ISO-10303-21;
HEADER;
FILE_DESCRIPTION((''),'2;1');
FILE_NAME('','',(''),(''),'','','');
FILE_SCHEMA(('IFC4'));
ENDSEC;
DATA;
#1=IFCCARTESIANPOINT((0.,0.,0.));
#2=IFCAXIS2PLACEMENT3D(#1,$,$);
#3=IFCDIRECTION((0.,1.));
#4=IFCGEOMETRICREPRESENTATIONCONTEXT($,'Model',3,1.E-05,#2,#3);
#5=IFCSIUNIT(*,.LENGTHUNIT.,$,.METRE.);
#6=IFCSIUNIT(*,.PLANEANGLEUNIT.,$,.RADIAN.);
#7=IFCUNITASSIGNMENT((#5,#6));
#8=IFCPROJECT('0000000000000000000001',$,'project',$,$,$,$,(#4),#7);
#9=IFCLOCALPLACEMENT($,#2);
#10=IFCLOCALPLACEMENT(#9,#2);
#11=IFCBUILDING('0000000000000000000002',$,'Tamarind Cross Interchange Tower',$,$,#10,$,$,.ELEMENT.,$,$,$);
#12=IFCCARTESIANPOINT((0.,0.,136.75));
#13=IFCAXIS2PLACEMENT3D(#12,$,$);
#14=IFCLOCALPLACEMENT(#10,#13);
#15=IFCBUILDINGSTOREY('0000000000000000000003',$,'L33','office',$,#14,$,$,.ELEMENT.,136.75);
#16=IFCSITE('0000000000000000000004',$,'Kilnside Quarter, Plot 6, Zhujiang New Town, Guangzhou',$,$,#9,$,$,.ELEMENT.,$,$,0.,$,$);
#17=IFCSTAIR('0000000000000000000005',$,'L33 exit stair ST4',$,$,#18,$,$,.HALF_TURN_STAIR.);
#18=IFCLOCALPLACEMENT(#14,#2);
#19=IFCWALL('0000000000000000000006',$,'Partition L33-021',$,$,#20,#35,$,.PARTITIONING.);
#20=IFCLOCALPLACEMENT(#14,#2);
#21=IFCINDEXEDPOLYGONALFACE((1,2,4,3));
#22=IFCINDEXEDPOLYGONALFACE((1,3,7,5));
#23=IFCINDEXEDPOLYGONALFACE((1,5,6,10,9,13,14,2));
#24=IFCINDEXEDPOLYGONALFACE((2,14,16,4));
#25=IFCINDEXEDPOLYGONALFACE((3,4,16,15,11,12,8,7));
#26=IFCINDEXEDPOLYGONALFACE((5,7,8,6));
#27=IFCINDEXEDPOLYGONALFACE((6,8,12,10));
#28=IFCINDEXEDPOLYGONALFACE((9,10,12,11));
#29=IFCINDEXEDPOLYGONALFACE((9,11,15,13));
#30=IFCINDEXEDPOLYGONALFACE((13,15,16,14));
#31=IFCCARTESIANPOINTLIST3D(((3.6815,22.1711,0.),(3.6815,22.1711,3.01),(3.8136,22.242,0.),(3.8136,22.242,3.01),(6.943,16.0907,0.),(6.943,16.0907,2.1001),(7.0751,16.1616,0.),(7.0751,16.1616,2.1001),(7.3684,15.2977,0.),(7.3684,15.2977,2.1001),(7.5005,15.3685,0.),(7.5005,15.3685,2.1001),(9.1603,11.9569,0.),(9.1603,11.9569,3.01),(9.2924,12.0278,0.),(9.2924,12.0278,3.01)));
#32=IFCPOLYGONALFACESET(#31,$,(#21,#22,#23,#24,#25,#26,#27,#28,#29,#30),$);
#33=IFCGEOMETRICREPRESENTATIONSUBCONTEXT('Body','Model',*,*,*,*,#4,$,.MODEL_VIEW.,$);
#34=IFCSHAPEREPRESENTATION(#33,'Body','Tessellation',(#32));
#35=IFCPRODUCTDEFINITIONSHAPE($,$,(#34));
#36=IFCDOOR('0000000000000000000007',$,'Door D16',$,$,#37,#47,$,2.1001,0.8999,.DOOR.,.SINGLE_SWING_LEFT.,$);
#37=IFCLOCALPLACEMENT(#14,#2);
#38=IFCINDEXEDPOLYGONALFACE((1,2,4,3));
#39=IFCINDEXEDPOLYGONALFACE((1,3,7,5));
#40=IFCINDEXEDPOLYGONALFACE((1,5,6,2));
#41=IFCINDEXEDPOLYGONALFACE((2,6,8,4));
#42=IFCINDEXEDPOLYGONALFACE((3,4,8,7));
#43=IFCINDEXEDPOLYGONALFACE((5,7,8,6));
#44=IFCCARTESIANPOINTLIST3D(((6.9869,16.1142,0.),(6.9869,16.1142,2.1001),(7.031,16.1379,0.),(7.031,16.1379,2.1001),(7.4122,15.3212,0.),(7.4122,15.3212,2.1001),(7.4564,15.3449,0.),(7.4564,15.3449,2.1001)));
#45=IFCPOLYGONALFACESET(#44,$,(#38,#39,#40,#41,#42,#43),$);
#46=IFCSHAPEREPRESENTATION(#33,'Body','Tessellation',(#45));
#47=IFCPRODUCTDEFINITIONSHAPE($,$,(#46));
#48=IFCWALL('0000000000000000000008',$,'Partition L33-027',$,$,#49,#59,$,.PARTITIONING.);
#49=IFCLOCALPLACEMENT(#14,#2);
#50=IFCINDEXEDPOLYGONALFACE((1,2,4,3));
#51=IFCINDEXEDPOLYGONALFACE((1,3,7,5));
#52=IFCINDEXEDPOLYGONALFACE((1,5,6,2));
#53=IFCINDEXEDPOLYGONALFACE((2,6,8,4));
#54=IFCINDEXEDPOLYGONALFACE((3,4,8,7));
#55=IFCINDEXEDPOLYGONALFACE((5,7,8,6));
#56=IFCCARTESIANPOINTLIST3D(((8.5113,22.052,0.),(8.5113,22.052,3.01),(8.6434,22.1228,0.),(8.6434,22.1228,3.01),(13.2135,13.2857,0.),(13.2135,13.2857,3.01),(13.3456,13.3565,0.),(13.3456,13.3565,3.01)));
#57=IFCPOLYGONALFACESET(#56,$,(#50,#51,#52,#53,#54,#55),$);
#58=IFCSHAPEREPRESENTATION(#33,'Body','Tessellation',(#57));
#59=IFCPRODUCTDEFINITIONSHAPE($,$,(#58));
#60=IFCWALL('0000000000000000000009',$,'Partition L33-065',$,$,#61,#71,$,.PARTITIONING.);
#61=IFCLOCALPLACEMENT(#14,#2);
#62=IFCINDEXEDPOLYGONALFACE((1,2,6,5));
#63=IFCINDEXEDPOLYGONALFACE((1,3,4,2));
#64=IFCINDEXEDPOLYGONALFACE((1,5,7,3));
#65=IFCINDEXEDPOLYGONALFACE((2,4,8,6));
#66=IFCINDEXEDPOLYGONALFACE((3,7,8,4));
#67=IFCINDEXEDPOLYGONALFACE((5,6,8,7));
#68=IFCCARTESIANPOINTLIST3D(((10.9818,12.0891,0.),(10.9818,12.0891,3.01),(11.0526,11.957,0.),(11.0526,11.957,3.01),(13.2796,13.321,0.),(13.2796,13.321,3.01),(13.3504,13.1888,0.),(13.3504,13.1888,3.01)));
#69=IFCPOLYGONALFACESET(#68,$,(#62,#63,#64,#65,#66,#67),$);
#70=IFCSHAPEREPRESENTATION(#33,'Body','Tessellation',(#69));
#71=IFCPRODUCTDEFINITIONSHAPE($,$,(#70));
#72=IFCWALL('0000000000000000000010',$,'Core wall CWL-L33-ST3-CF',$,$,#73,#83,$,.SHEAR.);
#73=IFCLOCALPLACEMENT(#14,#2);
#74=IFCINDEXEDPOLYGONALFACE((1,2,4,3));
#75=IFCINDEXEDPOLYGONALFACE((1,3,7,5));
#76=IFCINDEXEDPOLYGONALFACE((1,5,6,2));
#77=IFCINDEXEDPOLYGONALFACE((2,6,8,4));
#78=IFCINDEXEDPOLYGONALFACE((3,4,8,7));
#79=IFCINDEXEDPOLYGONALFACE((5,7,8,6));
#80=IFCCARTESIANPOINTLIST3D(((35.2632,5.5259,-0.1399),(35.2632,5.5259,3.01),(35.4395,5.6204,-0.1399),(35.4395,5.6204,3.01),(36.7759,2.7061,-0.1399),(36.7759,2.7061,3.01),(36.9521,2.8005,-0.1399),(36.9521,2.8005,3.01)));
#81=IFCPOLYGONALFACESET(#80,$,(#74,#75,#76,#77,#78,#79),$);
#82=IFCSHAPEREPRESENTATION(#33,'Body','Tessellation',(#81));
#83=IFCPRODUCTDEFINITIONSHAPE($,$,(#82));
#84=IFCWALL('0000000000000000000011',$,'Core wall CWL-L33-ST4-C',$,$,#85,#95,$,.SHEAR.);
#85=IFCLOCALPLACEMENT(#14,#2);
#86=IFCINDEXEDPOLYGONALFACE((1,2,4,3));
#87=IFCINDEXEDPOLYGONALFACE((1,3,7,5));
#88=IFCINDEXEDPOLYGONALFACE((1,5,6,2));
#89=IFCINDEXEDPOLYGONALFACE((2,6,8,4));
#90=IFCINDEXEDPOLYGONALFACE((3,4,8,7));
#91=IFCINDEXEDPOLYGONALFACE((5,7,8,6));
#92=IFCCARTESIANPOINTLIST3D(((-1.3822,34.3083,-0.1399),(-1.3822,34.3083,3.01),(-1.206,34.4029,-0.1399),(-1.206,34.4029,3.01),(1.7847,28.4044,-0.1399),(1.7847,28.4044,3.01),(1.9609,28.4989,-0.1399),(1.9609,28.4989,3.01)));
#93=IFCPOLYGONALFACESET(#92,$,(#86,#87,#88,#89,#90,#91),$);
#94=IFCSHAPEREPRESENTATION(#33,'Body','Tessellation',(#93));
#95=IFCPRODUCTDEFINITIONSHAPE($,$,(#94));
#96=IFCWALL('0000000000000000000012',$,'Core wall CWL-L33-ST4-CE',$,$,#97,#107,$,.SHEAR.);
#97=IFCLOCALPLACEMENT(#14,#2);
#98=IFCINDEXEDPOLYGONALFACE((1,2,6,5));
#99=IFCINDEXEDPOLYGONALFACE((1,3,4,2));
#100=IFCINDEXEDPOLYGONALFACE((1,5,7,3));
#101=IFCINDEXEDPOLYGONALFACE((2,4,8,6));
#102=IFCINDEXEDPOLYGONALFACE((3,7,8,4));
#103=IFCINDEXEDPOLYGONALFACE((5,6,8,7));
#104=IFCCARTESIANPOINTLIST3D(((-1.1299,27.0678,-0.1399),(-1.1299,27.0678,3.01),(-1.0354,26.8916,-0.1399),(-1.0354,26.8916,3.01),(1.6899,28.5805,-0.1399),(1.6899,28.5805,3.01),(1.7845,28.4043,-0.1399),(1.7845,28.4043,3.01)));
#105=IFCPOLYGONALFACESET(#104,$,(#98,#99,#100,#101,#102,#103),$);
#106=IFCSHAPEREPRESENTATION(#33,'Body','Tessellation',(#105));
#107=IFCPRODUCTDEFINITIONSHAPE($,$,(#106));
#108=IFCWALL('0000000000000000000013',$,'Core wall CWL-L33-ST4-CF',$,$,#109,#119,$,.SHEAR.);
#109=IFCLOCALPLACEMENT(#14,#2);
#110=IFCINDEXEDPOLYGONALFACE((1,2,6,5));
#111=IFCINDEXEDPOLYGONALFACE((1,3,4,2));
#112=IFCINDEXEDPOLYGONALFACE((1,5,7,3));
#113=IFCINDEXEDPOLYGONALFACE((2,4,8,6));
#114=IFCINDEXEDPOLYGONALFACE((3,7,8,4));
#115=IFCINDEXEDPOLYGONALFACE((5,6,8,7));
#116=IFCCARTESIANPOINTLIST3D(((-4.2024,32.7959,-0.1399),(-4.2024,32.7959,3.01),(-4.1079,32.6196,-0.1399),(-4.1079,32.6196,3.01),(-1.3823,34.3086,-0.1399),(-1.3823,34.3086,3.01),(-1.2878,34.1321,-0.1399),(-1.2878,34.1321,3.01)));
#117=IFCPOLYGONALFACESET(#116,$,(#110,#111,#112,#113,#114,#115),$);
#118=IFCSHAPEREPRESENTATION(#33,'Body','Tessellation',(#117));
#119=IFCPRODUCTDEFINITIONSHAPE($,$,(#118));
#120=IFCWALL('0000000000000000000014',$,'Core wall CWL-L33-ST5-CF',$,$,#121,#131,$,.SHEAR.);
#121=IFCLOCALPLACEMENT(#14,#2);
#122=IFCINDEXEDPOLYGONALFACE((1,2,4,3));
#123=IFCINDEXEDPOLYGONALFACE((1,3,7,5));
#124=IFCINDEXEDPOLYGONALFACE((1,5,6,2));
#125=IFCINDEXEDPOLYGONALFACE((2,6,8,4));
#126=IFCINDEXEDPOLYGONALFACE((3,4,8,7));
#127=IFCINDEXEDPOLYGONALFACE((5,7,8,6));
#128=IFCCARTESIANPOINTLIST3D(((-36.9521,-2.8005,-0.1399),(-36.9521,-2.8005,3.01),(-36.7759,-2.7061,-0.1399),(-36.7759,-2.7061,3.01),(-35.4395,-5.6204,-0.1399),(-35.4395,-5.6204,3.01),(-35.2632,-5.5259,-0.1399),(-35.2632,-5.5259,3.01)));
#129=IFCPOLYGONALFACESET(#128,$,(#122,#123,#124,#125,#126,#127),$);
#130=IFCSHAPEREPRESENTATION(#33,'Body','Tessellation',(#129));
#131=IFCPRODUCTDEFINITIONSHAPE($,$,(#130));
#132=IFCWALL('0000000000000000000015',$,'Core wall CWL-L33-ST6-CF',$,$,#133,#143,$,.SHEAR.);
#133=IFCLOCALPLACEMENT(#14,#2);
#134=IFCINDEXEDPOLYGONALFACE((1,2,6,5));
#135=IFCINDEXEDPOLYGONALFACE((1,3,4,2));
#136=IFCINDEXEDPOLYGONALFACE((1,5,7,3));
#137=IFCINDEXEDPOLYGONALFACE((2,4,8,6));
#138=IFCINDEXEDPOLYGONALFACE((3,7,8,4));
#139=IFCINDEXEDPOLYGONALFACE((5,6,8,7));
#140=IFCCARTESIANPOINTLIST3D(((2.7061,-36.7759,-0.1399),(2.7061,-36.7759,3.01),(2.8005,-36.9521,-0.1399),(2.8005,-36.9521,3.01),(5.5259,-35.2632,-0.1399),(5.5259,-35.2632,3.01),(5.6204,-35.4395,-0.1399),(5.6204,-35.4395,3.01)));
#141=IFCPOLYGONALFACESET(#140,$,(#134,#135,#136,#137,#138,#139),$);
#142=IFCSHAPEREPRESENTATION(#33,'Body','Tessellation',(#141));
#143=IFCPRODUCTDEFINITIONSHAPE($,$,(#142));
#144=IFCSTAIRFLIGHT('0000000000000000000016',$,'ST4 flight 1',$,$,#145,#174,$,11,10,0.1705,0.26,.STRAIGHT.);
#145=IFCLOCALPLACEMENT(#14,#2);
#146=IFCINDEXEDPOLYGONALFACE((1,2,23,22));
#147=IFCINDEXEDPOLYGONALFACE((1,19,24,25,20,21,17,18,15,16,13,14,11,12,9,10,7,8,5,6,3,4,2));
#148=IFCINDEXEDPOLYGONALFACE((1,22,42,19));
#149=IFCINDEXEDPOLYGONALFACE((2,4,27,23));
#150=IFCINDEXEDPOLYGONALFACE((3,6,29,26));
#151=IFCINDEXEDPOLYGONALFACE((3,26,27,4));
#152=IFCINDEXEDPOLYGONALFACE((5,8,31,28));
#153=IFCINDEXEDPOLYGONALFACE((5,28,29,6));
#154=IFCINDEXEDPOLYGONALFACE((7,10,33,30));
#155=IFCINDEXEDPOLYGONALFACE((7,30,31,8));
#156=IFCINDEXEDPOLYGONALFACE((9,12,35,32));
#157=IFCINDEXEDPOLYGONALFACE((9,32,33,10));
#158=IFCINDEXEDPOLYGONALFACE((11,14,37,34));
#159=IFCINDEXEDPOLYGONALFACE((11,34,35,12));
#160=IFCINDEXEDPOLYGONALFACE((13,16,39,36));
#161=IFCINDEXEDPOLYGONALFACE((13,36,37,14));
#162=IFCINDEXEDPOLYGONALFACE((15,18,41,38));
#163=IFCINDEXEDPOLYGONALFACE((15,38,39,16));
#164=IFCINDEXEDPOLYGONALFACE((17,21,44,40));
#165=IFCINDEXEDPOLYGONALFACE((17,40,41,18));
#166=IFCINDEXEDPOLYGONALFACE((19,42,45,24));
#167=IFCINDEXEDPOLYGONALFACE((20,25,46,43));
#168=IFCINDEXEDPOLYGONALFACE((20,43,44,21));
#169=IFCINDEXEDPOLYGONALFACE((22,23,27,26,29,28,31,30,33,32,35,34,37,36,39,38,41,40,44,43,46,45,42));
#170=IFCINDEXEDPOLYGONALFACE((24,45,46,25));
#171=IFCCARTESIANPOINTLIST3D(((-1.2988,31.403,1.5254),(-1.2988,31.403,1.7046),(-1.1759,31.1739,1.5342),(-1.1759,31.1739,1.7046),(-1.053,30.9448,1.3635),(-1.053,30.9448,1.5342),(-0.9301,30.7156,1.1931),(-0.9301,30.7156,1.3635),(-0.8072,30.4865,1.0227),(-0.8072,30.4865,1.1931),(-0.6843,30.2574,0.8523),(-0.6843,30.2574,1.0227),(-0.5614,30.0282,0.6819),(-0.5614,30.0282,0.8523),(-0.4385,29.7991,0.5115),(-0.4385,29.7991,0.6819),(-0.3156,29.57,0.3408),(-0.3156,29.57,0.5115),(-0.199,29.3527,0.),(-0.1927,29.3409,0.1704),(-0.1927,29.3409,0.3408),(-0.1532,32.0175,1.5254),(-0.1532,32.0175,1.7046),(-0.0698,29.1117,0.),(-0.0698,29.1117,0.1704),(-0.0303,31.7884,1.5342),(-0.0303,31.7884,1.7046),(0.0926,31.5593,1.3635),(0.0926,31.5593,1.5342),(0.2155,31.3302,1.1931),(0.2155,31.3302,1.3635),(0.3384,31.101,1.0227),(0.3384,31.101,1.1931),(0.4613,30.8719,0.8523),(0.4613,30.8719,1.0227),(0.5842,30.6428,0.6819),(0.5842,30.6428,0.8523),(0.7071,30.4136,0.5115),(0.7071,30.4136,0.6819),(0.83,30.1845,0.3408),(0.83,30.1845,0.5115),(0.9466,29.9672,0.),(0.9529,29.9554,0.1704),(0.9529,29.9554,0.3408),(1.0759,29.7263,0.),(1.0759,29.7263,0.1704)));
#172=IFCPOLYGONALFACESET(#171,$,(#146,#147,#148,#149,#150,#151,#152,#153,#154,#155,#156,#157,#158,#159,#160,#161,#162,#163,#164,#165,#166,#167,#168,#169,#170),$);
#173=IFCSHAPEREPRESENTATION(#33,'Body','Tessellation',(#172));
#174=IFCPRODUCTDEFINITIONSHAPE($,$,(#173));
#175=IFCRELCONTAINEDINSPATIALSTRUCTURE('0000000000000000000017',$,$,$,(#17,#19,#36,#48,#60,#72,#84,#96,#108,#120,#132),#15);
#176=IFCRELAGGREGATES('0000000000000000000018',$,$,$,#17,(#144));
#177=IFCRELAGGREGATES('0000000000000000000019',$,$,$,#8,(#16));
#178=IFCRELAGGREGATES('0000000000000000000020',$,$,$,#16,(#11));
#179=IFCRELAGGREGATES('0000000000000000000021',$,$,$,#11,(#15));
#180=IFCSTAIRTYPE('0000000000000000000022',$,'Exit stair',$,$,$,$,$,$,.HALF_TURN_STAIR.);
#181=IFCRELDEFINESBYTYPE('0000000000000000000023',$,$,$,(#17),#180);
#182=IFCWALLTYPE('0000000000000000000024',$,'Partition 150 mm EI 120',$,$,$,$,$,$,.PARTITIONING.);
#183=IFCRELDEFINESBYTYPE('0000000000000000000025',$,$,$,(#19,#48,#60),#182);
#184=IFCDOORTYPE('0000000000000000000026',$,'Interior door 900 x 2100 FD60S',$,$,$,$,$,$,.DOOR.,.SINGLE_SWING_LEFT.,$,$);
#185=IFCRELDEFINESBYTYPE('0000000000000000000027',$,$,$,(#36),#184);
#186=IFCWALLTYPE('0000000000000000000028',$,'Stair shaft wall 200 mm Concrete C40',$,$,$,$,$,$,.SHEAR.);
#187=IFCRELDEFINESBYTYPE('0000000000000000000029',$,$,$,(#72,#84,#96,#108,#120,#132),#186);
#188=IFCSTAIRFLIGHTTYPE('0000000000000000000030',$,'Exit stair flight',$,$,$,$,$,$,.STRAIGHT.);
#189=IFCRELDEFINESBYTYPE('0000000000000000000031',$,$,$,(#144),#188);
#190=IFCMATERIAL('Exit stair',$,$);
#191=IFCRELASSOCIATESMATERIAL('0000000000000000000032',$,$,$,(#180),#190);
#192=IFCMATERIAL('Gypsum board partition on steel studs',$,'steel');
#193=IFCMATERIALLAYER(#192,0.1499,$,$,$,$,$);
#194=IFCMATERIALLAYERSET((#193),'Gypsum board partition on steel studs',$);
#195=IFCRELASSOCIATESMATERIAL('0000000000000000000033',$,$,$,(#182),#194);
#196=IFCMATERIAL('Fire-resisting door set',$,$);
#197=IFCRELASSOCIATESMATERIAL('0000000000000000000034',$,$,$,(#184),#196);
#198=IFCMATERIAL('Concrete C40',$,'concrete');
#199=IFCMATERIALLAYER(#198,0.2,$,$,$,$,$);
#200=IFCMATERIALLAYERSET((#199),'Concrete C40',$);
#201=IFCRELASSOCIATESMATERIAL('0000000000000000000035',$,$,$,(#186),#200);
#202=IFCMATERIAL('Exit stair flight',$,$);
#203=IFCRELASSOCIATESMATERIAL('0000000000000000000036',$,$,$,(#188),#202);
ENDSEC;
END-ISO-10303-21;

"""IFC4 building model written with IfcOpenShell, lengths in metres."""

from ifc_helpers import new_model, si_unit, direction, frame, frame_2d, origin, place, context, subcontext, project, spatial, polyline, rectangle, outline, extrude, material, layer, layer_set, type_object, element, fill, aggregate, save


model = new_model("IFC4")

# Units and contexts
model_context = context("Model", 3, precision=1e-05, world=origin(), true_north=direction((0.0, 1.0)))
body_context = subcontext(model_context, "Body", "Model", "MODEL_VIEW")
ifc_project = project(units=[si_unit("LENGTHUNIT", "METRE"), si_unit("PLANEANGLEUNIT", "RADIAN")], contexts=[model_context])

# Site, building, storey
site_placement = place(None, origin())
site = spatial("IfcSite", under=ifc_project, at=site_placement, Name="Kilnside Quarter, Plot 6, Zhujiang New Town, Guangzhou", CompositionType="ELEMENT", RefElevation=0.0)
building_placement = place(site_placement, origin())
building = spatial("IfcBuilding", under=site, at=building_placement, Name="Tamarind Cross Interchange Tower", CompositionType="ELEMENT")
storey_placement = place(building_placement, frame((0.0, 0.0, 136.75)))
storey = spatial("IfcBuildingStorey", under=building, at=storey_placement, Name="L33", Description="office", CompositionType="ELEMENT", Elevation=136.75)

# Stair
ifc_material_1 = material(Name="Exit stair")
stair_type = type_object("IfcStairType", Name="Exit stair", PredefinedType="HALF_TURN_STAIR", material=ifc_material_1)
ifc_material_2 = material(Name="Concrete C40", Category="concrete")
stair_1_placement = place(storey_placement, origin())
stair_1 = element("IfcStair", 1, at=stair_1_placement, inside=storey, type_object=stair_type, Name="L33 exit stair ST4", PredefinedType="HALF_TURN_STAIR")

# Shared definitions
ifc_material_3 = material(Name="Gypsum board partition on steel studs", Category="steel")
ifc_layer_1 = layer(ifc_material_3, 0.1499)
ifc_layer_set_1 = layer_set([ifc_layer_1], Name="Gypsum board partition on steel studs")
wall_type_1 = type_object("IfcWallType", Name="Partition 150 mm EI 120", PredefinedType="PARTITIONING", material=ifc_layer_set_1)

# Wall, opening, door
wall_1_placement = place(storey_placement, frame((3.7476, 22.2065, 0.0), z_axis=(0.0, 0.0, 1.0), x_axis=(0.472685, -0.881232, 0.0)))
wall_1 = element("IfcWall", 2, at=wall_1_placement, inside=storey, type_object=wall_type_1, Name="Partition L33-021", PredefinedType="PARTITIONING", context=body_context, shape_type="SweptSolid", body=[
    extrude(rectangle(XDim=11.5908, YDim=0.1499, at=frame_2d((5.7954, 0.0))), origin(), (0.0, 0.0, 1.0), 3.01),
])
opening_placement = place(wall_1_placement, frame((6.8999, 0.0, 0.0)))
opening = element("IfcOpeningElement", 3, at=opening_placement, cuts=wall_1, PredefinedType="OPENING", context=body_context, shape_type="SweptSolid", body=[
    extrude(rectangle(XDim=0.8999, YDim=2.1001, at=frame_2d((0.45, 1.05))), frame((0.0, 0.085, 0.0), z_axis=(0.0, -1.0, 0.0), x_axis=(1.0, 0.0, 0.0)), (0.0, 0.0, 1.0), 0.1699),
])
ifc_material_4 = material(Name="Fire-resisting door set")
door_type = type_object("IfcDoorType", Name="Interior door 900 x 2100 FD60S", OperationType="SINGLE_SWING_LEFT", PredefinedType="DOOR", material=ifc_material_4)
door_placement = place(opening_placement, origin())
door = element("IfcDoor", 4, at=door_placement, inside=storey, type_object=door_type, Name="Door D16", OperationType="SINGLE_SWING_LEFT", OverallHeight=2.1001, OverallWidth=0.8999, PredefinedType="DOOR", context=body_context, shape_type="SweptSolid", body=[
    extrude(rectangle(XDim=0.8999, YDim=2.1001, at=frame_2d((0.45, 1.05))), frame((0.0, 0.0249, 0.0), z_axis=(0.0, -1.0, 0.0), x_axis=(1.0, 0.0, 0.0)), (0.0, 0.0, 1.0), 0.05),
])
fill(opening, door)

# Walls
wall_2_placement = place(storey_placement, frame((8.5774, 22.0874, 0.0), z_axis=(0.0, 0.0, 1.0), x_axis=(0.472681, -0.881234, 0.0)))
element("IfcWall", 5, at=wall_2_placement, inside=storey, type_object=wall_type_1, Name="Partition L33-027", PredefinedType="PARTITIONING", context=body_context, shape_type="SweptSolid", body=[
    extrude(rectangle(XDim=9.9478, YDim=0.1499, at=frame_2d((4.9739, 0.0))), origin(), (0.0, 0.0, 1.0), 3.01),
])
wall_3_placement = place(storey_placement, frame((11.0171, 12.0229, 0.0), z_axis=(0.0, 0.0, 1.0), x_axis=(0.88133, 0.472502, 0.0)))
element("IfcWall", 6, at=wall_3_placement, inside=storey, type_object=wall_type_1, Name="Partition L33-065", PredefinedType="PARTITIONING", context=body_context, shape_type="SweptSolid", body=[
    extrude(rectangle(XDim=2.6072, YDim=0.1499, at=frame_2d((1.3037, 0.0))), origin(), (0.0, 0.0, 1.0), 3.01),
])
ifc_layer_2 = layer(ifc_material_2, 0.2)
ifc_layer_set_2 = layer_set([ifc_layer_2], Name="Concrete C40")
wall_type_2 = type_object("IfcWallType", Name="Stair shaft wall 200 mm Concrete C40", PredefinedType="SHEAR", material=ifc_layer_set_2)
wall_4_placement = place(storey_placement, frame((0.0, 0.0, -0.1399)))
element("IfcWall", 7, at=wall_4_placement, inside=storey, type_object=wall_type_2, Name="Core wall CWL-L33-ST3-CF", PredefinedType="SHEAR", context=body_context, shape_type="SweptSolid", body=[
    extrude(outline(polyline([(36.7759, 2.7061), (36.9521, 2.8005), (35.4395, 5.6204), (35.2632, 5.5259), (36.7759, 2.7061)])), origin(), (0.0, 0.0, 1.0), 3.1499),
])
wall_5_placement = place(storey_placement, frame((1.8728, 28.4517, -0.1399), z_axis=(0.0, 0.0, 1.0), x_axis=(-0.472698, 0.881225, 0.0)))
element("IfcWall", 8, at=wall_5_placement, inside=storey, type_object=wall_type_2, Name="Core wall CWL-L33-ST4-C", PredefinedType="SHEAR", context=body_context, shape_type="SweptSolid", body=[
    extrude(rectangle(XDim=6.6997, YDim=0.2, at=frame_2d((3.3499, 0.0))), origin(), (0.0, 0.0, 1.0), 3.1499),
])
wall_6_placement = place(storey_placement, frame((1.7373, 28.4924, -0.1399), z_axis=(0.0, 0.0, 1.0), x_axis=(-0.88121, -0.472725, 0.0)))
element("IfcWall", 9, at=wall_6_placement, inside=storey, type_object=wall_type_2, Name="Core wall CWL-L33-ST4-CE", PredefinedType="SHEAR", context=body_context, shape_type="SweptSolid", body=[
    extrude(rectangle(XDim=3.2, YDim=0.2, at=frame_2d((1.6001, 0.0))), origin(), (0.0, 0.0, 1.0), 3.1499),
])
wall_7_placement = place(storey_placement, frame((0.0, 0.0, -0.1399)))
element("IfcWall", 10, at=wall_7_placement, inside=storey, type_object=wall_type_2, Name="Core wall CWL-L33-ST4-CF", PredefinedType="SHEAR", context=body_context, shape_type="SweptSolid", body=[
    extrude(outline(polyline([(-1.2878, 34.1321), (-1.3823, 34.3086), (-4.2024, 32.7959), (-4.1079, 32.6196), (-1.2878, 34.1321)])), origin(), (0.0, 0.0, 1.0), 3.1499),
])
wall_8_placement = place(storey_placement, frame((0.0, 0.0, -0.1399)))
element("IfcWall", 11, at=wall_8_placement, inside=storey, type_object=wall_type_2, Name="Core wall CWL-L33-ST5-CF", PredefinedType="SHEAR", context=body_context, shape_type="SweptSolid", body=[
    extrude(outline(polyline([(-36.7759, -2.7061), (-36.9521, -2.8005), (-35.4395, -5.6204), (-35.2632, -5.5259), (-36.7759, -2.7061)])), origin(), (0.0, 0.0, 1.0), 3.1499),
])
wall_9_placement = place(storey_placement, frame((0.0, 0.0, -0.1399)))
element("IfcWall", 12, at=wall_9_placement, inside=storey, type_object=wall_type_2, Name="Core wall CWL-L33-ST6-CF", PredefinedType="SHEAR", context=body_context, shape_type="SweptSolid", body=[
    extrude(outline(polyline([(2.7061, -36.7759), (2.8005, -36.9521), (5.6204, -35.4395), (5.5259, -35.2632), (2.7061, -36.7759)])), origin(), (0.0, 0.0, 1.0), 3.1499),
])

# Stair flight
ifc_material_5 = material(Name="Exit stair flight")
stair_flight_type = type_object("IfcStairFlightType", Name="Exit stair flight", PredefinedType="STRAIGHT", material=ifc_material_5)
stair_flight_placement = place(storey_placement, frame((0.5029, 29.4189, 0.0), z_axis=(0.0, 0.0, 1.0), x_axis=(-0.472698, 0.881224, 0.0)))
stair_flight = element("IfcStairFlight", 13, at=stair_flight_placement, type_object=stair_flight_type, Name="ST4 flight 1", NumberOfRisers=11, NumberOfTreads=10, PredefinedType="STRAIGHT", RiserHeight=0.1705, TreadLength=0.26, context=body_context, shape_type="SweptSolid", body=[
    extrude(outline(polyline([(0.0, 0.0), (0.0, 0.1704), (0.26, 0.1704), (0.26, 0.3408), (0.52, 0.3408), (0.52, 0.5115), (0.78, 0.5115), (0.78, 0.6819), (1.04, 0.6819), (1.04, 0.8523), (1.3, 0.8523), (1.3, 1.0227), (1.5601, 1.0227), (1.5601, 1.1931), (1.8201, 1.1931), (1.8201, 1.3635), (2.0801, 1.3635), (2.0801, 1.5342), (2.3401, 1.5342), (2.3401, 1.7046), (2.6001, 1.7046), (2.6001, 1.875), (2.6001, 1.5254), (0.2734, 0.0), (0.0, 0.0)])), frame((0.0, 0.6499, 0.0), z_axis=(0.0, -1.0, 0.0), x_axis=(1.0, 0.0, 0.0)), (0.0, 0.0, 1.0), 1.3),
])
aggregate(stair_1, [stair_flight])

save(model, "model.ifc")
